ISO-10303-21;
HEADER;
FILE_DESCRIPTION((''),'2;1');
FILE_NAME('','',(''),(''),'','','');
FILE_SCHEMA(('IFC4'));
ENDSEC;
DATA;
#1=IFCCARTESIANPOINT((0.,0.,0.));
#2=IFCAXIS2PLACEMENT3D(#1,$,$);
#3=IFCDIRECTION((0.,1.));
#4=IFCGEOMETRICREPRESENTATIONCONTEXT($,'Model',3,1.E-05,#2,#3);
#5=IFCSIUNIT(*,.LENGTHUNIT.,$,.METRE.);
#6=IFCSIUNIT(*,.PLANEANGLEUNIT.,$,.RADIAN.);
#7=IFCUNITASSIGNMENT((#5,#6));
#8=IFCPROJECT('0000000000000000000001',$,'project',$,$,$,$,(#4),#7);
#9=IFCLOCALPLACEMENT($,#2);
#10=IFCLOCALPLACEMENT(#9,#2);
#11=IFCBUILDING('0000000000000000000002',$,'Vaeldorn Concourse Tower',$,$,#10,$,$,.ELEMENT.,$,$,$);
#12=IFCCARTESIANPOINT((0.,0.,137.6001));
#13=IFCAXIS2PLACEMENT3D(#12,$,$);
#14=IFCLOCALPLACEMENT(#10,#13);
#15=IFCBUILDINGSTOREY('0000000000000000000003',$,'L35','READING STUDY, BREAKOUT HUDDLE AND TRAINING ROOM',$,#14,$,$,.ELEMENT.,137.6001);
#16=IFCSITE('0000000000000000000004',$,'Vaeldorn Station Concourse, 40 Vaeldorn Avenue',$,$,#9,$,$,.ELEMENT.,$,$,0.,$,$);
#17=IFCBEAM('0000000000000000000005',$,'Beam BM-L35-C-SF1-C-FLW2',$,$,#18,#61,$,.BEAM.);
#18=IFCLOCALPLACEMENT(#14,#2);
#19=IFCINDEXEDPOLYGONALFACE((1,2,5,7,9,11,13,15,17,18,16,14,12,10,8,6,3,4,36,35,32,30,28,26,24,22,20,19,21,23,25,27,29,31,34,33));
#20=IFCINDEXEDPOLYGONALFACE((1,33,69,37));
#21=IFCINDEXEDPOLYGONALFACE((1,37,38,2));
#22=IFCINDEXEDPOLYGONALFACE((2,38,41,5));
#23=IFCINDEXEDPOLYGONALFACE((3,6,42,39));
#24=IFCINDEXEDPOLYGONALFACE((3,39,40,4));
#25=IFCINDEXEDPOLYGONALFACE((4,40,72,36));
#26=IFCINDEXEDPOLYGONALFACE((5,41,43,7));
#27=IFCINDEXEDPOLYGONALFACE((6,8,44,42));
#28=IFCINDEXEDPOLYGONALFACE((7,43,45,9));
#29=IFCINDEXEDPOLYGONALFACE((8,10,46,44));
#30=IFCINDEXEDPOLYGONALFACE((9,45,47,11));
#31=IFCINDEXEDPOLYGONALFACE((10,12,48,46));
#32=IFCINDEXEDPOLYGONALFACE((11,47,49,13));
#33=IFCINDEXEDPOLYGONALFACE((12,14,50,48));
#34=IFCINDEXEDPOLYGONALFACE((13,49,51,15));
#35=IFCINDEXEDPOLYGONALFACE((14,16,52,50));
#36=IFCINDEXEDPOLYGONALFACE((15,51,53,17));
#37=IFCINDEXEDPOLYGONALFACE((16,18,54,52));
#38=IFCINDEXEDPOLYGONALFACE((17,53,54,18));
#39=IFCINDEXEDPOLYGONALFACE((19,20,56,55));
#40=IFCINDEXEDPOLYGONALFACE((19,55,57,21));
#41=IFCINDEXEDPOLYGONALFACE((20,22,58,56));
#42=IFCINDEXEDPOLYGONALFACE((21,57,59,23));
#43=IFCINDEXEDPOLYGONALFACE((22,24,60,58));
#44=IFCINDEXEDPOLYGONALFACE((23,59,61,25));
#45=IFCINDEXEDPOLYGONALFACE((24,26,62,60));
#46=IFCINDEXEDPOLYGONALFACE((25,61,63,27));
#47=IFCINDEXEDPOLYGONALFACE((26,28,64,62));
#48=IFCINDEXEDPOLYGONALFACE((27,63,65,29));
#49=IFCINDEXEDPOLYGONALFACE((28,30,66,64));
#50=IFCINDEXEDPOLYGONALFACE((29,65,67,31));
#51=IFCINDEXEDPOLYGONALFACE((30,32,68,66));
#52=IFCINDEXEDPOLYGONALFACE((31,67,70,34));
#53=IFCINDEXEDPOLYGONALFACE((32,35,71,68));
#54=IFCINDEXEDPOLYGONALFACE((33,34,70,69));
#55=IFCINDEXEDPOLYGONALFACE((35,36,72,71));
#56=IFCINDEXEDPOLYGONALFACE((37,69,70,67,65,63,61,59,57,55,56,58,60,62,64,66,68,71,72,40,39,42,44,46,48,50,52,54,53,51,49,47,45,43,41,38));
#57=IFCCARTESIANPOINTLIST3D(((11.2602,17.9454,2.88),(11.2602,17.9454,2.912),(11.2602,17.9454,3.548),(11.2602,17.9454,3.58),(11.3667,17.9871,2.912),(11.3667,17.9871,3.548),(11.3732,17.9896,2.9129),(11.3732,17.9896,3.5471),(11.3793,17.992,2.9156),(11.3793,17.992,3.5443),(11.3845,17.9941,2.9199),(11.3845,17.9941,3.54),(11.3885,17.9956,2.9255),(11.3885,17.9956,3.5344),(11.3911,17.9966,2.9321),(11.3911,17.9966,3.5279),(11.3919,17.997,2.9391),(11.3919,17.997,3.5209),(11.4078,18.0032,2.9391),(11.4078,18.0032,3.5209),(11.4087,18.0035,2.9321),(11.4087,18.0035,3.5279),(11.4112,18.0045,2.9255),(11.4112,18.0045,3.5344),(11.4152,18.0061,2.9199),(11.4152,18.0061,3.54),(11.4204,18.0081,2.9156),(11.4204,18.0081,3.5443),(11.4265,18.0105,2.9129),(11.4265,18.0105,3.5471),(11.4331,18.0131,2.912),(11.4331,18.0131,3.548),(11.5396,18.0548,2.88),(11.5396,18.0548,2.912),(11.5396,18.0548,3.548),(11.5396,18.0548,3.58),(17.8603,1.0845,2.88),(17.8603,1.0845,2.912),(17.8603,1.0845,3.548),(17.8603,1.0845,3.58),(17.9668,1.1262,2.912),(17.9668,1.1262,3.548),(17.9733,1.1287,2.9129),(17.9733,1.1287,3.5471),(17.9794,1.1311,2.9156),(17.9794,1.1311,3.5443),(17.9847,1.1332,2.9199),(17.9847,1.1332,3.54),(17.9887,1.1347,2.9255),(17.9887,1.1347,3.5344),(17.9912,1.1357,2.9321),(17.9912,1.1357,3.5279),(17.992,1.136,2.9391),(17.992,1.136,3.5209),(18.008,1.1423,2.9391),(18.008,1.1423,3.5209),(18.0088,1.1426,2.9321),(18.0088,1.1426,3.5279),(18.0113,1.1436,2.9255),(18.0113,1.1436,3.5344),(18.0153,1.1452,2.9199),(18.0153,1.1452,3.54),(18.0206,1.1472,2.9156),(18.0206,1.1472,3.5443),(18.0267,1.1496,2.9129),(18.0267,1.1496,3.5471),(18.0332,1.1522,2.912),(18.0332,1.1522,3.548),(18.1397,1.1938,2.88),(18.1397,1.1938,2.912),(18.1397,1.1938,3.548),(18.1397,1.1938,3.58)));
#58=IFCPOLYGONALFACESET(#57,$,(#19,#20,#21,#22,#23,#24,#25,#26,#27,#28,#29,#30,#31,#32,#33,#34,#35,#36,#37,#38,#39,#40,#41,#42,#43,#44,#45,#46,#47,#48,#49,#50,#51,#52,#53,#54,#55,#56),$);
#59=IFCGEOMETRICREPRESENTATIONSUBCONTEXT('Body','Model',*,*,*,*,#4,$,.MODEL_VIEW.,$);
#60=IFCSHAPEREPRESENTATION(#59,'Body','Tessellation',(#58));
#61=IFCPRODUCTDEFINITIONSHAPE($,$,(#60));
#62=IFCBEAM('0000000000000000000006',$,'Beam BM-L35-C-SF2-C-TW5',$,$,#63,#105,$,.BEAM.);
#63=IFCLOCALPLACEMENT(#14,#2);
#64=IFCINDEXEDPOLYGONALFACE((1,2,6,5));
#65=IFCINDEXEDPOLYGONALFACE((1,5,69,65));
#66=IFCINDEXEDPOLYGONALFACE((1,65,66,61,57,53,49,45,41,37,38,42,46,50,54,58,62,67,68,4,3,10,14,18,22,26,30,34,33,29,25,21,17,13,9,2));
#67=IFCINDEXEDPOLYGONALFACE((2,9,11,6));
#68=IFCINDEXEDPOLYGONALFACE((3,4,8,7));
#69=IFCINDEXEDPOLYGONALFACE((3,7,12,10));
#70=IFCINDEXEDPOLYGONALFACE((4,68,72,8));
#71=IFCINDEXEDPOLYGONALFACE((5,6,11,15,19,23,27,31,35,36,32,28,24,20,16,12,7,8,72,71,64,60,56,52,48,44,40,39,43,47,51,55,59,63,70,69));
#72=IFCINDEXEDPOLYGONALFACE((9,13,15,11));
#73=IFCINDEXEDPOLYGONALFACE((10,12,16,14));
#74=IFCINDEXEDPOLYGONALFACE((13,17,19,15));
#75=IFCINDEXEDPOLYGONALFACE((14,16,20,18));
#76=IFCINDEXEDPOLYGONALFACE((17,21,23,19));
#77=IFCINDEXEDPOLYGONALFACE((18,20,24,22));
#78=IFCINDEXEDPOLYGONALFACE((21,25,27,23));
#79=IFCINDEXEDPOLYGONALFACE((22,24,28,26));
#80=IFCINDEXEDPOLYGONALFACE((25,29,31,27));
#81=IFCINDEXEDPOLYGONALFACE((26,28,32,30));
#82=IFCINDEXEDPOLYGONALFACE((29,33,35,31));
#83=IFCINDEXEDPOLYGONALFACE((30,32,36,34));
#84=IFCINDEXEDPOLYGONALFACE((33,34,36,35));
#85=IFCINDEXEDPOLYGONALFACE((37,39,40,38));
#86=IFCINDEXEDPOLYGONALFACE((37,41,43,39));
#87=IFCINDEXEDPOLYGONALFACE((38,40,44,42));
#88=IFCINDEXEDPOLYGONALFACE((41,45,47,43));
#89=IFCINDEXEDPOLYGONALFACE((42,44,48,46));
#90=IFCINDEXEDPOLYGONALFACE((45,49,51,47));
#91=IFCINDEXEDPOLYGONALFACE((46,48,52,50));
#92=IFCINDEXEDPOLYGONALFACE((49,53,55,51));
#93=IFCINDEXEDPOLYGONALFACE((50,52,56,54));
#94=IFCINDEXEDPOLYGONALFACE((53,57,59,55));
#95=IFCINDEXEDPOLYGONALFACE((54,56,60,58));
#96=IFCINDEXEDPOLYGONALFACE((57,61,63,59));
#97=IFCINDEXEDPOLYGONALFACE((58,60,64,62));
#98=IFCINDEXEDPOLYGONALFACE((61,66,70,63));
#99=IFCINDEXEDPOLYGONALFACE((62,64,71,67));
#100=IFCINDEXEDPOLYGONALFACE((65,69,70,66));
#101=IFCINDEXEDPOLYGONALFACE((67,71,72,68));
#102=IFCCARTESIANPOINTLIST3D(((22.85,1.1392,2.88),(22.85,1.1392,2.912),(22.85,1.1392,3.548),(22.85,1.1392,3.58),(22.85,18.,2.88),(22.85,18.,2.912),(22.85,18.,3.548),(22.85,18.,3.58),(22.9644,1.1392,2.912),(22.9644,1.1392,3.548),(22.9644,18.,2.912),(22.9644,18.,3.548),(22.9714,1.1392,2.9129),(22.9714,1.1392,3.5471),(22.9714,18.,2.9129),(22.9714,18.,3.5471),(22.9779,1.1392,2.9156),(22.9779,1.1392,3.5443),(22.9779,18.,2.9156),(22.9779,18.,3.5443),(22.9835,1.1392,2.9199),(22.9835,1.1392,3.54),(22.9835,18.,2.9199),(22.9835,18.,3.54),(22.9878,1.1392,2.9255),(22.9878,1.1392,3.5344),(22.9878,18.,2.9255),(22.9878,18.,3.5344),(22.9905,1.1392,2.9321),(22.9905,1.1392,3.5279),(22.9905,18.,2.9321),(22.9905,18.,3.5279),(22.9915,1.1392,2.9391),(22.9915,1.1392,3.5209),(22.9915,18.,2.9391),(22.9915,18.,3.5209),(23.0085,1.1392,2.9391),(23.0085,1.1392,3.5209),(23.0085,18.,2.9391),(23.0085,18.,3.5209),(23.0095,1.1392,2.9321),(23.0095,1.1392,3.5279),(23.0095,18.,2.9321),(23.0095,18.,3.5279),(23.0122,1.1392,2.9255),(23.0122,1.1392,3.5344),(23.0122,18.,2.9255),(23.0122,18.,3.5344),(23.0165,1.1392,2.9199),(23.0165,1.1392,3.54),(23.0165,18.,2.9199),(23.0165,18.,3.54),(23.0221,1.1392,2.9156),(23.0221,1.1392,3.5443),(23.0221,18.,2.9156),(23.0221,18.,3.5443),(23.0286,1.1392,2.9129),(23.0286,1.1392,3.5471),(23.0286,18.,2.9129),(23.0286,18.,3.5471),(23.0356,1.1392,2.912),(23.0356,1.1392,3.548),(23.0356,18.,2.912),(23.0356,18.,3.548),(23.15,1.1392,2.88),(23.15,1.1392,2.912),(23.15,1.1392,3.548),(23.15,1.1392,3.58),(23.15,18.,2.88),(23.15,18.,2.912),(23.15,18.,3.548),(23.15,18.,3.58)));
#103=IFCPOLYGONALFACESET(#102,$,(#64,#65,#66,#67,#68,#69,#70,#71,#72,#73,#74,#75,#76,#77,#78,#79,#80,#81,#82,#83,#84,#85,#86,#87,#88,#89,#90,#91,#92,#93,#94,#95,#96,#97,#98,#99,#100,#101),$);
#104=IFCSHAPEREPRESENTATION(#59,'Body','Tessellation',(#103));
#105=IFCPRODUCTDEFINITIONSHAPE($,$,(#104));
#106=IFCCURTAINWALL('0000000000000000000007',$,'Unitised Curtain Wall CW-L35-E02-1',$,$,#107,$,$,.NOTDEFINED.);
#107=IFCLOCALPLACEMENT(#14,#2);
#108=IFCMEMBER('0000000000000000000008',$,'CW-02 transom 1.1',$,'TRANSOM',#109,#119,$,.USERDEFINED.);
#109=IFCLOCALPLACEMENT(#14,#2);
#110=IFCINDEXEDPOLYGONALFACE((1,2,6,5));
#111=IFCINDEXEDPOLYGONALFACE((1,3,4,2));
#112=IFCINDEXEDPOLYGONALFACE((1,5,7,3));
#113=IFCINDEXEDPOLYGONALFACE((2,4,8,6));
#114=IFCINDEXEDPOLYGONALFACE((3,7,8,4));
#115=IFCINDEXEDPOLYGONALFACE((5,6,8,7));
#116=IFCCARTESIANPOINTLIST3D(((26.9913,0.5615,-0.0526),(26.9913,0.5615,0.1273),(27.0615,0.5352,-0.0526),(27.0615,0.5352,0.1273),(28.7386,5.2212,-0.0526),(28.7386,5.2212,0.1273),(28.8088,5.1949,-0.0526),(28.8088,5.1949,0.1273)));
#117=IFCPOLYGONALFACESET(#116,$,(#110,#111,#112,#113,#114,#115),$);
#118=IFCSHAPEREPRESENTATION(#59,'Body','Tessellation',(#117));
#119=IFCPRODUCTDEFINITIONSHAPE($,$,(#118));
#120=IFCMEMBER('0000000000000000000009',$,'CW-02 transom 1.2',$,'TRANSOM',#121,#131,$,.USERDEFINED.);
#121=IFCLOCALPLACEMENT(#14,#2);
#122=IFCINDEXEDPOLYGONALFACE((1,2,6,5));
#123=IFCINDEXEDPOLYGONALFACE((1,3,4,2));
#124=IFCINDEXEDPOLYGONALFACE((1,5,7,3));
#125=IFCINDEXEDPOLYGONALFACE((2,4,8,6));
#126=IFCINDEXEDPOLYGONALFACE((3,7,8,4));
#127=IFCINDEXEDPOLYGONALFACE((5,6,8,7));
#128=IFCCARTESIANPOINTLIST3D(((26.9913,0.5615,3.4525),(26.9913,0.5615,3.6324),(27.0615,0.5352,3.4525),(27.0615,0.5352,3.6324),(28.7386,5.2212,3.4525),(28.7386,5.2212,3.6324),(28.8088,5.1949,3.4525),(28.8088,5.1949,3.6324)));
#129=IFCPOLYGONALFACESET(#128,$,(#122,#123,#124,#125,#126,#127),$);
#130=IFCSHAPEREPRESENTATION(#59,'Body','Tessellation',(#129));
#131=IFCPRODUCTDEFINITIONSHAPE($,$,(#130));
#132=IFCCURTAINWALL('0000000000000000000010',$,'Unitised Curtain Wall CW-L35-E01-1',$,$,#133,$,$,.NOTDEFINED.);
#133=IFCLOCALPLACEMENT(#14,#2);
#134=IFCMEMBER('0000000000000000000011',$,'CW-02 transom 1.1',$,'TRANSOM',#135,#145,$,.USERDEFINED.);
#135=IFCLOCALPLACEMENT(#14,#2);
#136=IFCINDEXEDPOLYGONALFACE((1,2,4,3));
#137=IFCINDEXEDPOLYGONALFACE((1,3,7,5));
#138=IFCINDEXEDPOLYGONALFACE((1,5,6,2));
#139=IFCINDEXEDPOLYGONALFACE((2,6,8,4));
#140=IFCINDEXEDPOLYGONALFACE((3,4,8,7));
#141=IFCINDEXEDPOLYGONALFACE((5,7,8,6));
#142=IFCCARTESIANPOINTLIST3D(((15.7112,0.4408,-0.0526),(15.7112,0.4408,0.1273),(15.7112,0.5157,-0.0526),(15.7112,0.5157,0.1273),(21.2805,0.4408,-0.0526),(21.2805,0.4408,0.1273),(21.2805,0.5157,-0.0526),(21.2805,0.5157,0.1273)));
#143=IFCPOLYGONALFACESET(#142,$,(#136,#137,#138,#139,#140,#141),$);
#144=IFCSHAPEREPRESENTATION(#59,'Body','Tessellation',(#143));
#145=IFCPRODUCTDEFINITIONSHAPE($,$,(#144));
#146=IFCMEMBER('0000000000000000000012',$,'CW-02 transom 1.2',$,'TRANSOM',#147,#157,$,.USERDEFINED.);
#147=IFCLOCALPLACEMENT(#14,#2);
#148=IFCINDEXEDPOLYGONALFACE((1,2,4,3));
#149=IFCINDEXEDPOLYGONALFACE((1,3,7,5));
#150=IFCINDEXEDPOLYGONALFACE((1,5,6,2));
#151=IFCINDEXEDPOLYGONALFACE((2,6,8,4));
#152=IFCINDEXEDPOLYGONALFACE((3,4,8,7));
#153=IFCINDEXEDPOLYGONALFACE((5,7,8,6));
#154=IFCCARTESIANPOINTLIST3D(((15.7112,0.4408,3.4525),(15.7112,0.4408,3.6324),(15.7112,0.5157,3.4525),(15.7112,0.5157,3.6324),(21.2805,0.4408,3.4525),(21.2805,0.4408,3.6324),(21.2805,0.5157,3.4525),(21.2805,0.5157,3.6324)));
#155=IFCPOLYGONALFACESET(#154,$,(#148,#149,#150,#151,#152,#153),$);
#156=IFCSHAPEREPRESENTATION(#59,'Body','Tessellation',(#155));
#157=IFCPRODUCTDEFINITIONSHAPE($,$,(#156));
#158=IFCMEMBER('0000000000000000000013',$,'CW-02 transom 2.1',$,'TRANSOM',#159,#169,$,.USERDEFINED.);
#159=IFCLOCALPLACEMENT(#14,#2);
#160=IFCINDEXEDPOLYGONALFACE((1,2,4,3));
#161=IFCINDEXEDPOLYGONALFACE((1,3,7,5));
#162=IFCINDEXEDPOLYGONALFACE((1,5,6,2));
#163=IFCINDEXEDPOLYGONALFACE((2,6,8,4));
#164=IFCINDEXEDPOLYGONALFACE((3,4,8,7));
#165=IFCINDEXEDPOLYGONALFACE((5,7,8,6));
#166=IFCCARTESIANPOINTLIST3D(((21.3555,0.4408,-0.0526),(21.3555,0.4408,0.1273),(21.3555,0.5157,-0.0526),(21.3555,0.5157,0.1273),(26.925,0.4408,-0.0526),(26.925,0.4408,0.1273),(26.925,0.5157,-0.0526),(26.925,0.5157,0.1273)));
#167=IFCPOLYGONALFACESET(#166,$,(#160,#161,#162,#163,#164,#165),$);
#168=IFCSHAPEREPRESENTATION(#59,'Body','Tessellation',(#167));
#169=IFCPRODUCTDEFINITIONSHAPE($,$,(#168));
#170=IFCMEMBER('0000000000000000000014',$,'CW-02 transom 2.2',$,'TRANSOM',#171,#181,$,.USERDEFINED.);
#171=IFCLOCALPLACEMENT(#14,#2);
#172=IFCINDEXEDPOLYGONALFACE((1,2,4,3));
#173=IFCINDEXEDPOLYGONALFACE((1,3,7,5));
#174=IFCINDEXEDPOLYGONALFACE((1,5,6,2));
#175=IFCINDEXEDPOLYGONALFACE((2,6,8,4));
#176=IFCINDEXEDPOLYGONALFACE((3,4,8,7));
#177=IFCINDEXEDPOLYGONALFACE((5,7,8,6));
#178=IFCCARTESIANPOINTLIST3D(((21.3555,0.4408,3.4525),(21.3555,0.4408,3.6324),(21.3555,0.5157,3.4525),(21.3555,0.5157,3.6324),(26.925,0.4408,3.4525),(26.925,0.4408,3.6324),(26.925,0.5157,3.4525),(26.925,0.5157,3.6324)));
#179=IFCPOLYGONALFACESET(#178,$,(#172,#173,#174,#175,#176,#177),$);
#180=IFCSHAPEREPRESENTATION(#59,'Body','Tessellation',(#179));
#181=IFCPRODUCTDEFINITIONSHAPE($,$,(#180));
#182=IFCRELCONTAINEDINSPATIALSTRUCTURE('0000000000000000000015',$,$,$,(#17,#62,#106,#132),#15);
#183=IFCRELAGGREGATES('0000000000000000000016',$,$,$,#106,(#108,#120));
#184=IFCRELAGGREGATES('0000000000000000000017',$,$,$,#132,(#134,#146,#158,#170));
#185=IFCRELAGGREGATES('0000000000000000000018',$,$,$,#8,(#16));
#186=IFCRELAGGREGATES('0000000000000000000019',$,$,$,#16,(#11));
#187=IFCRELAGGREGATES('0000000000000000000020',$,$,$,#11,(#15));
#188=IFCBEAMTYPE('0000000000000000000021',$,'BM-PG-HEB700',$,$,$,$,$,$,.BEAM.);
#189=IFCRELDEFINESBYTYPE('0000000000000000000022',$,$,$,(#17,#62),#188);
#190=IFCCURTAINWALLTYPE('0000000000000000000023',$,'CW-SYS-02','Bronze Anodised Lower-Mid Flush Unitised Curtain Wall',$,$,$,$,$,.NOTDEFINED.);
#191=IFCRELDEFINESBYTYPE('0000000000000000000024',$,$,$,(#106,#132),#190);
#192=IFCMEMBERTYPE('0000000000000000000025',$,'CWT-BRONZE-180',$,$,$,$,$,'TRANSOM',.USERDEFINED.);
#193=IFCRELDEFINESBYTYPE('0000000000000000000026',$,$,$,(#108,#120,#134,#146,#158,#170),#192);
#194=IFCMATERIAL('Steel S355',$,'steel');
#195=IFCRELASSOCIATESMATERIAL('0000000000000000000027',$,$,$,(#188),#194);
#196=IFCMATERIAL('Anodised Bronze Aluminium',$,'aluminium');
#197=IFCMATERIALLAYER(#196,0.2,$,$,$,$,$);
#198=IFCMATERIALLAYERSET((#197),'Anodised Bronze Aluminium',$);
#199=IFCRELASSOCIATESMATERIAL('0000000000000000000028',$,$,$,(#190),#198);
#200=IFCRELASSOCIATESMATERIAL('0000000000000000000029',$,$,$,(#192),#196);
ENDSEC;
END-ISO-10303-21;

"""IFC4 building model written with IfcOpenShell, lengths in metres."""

from ifc_helpers import new_model, si_unit, direction, frame, origin, origin_2d, place, context, subcontext, project, spatial, rectangle, i_section, extrude, source, transform, mapped, material, layer, layer_set, material_profile, profile_set, type_object, element, aggregate, save


model = new_model("IFC4")

# Units and contexts
model_context = context("Model", 3, precision=1e-05, world=origin(), true_north=direction((0.0, 1.0)))
body_context = subcontext(model_context, "Body", "Model", "MODEL_VIEW")
ifc_project = project(units=[si_unit("LENGTHUNIT", "METRE"), si_unit("PLANEANGLEUNIT", "RADIAN")], contexts=[model_context])

# Site, building, storey
site_placement = place(None, origin())
site = spatial("IfcSite", under=ifc_project, at=site_placement, Name="Vaeldorn Station Concourse, 40 Vaeldorn Avenue", CompositionType="ELEMENT", RefElevation=0.0)
building_placement = place(site_placement, origin())
building = spatial("IfcBuilding", under=site, at=building_placement, Name="Vaeldorn Concourse Tower", CompositionType="ELEMENT")
storey_placement = place(building_placement, frame((0.0, 0.0, 137.6001)))
storey = spatial("IfcBuildingStorey", under=building, at=storey_placement, Name="L35", Description="READING STUDY, BREAKOUT HUDDLE AND TRAINING ROOM", CompositionType="ELEMENT", Elevation=137.6001)

# Beams
ifc_material_1 = material(Name="Steel S355", Category="steel")
ifc_material_profile_1 = material_profile(ifc_material_1, i_section(OverallWidth=0.3, OverallDepth=0.7, WebThickness=0.0171, FlangeThickness=0.032, FilletRadius=0.0271, at=origin_2d()), Name="HEB 700")
ifc_profile_set_1 = profile_set([ifc_material_profile_1], Name="Steel S355")
beam_type_1 = type_object("IfcBeamType", Name="BM-PG-HEB700", PredefinedType="BEAM", material=ifc_profile_set_1)
shared_shape_1 = source(origin(), body_context, "Body", "SweptSolid", [
    extrude(i_section(OverallWidth=0.3, OverallDepth=0.7, WebThickness=0.0171, FlangeThickness=0.032, FilletRadius=0.0271, at=origin_2d()), origin(), (0.0, 0.0, 1.0), 18.1067),
])
beam_1_placement = place(storey_placement, frame((18.0, 1.1392, 3.23), z_axis=(-0.364513, 0.931198, 0.0), x_axis=(-0.931198, -0.364513, 0.0)))
element("IfcBeam", 1, at=beam_1_placement, inside=storey, type_object=beam_type_1, Name="Beam BM-L35-C-SF1-C-FLW2", PredefinedType="BEAM", context=body_context, shape_type="MappedRepresentation", body=[
    mapped(shared_shape_1, transform((0.0, 0.0, 0.0), scale=1.0)),
])
shared_shape_2 = source(origin(), body_context, "Body", "SweptSolid", [
    extrude(i_section(OverallWidth=0.3, OverallDepth=0.7, WebThickness=0.0171, FlangeThickness=0.032, FilletRadius=0.0271, at=origin_2d()), origin(), (0.0, 0.0, 1.0), 16.8608),
])
beam_2_placement = place(storey_placement, frame((23.0, 1.1392, 3.23), z_axis=(0.0, 1.0, 0.0), x_axis=(-1.0, 0.0, 0.0)))
element("IfcBeam", 2, at=beam_2_placement, inside=storey, type_object=beam_type_1, Name="Beam BM-L35-C-SF2-C-TW5", PredefinedType="BEAM", context=body_context, shape_type="MappedRepresentation", body=[
    mapped(shared_shape_2, transform((0.0, 0.0, 0.0), scale=1.0)),
])

# Curtain walls, members
ifc_material_2 = material(Name="Anodised Bronze Aluminium", Category="aluminium")
ifc_layer_1 = layer(ifc_material_2, 0.2)
ifc_layer_set_1 = layer_set([ifc_layer_1], Name="Anodised Bronze Aluminium")
curtain_wall_type = type_object("IfcCurtainWallType", Name="CW-SYS-02", Description="Bronze Anodised Lower-Mid Flush Unitised Curtain Wall", PredefinedType="NOTDEFINED", material=ifc_layer_set_1)
curtain_wall_1_placement = place(storey_placement, origin())
curtain_wall_1 = element("IfcCurtainWall", 3, at=curtain_wall_1_placement, inside=storey, type_object=curtain_wall_type, Name="Unitised Curtain Wall CW-L35-E02-1", PredefinedType="NOTDEFINED")
ifc_material_profile_2 = material_profile(ifc_material_2, rectangle(XDim=0.075, YDim=0.1799, at=origin_2d()), Name="CWT 75x180")
ifc_profile_set_2 = profile_set([ifc_material_profile_2], Name="Anodised Bronze Aluminium")
member_type_1 = type_object("IfcMemberType", Name="CWT-BRONZE-180", ElementType="TRANSOM", PredefinedType="USERDEFINED", material=ifc_profile_set_2)
shared_shape_3 = source(origin(), body_context, "Body", "SweptSolid", [
    extrude(rectangle(XDim=0.075, YDim=0.1799, at=origin_2d()), origin(), (0.0, 0.0, 1.0), 4.9766),
])
member_1_placement = place(storey_placement, frame((27.0264, 0.5483, 0.0374), z_axis=(0.351113, 0.936333, 0.0), x_axis=(-0.936333, 0.351113, 0.0)))
member_1 = element("IfcMember", 4, at=member_1_placement, type_object=member_type_1, Name="CW-02 transom 1.1", ObjectType="TRANSOM", PredefinedType="USERDEFINED", context=body_context, shape_type="MappedRepresentation", body=[
    mapped(shared_shape_3, transform((0.0, 0.0, 0.0), scale=1.0)),
])
member_2_placement = place(storey_placement, frame((27.0264, 0.5483, 3.5425), z_axis=(0.351113, 0.936333, 0.0), x_axis=(-0.936333, 0.351113, 0.0)))
member_2 = element("IfcMember", 5, at=member_2_placement, type_object=member_type_1, Name="CW-02 transom 1.2", ObjectType="TRANSOM", PredefinedType="USERDEFINED", context=body_context, shape_type="MappedRepresentation", body=[
    mapped(shared_shape_3, transform((0.0, 0.0, 0.0), scale=1.0)),
])
curtain_wall_2_placement = place(storey_placement, origin())
curtain_wall_2 = element("IfcCurtainWall", 6, at=curtain_wall_2_placement, inside=storey, type_object=curtain_wall_type, Name="Unitised Curtain Wall CW-L35-E01-1", PredefinedType="NOTDEFINED")
shared_shape_4 = source(origin(), body_context, "Body", "SweptSolid", [
    extrude(rectangle(XDim=0.075, YDim=0.1799, at=origin_2d()), origin(), (0.0, 0.0, 1.0), 5.5693),
])
member_3_placement = place(storey_placement, frame((15.7112, 0.4783, 0.0374), z_axis=(1.0, 0.0, 0.0), x_axis=(0.0, 1.0, 0.0)))
member_3 = element("IfcMember", 7, at=member_3_placement, type_object=member_type_1, Name="CW-02 transom 1.1", ObjectType="TRANSOM", PredefinedType="USERDEFINED", context=body_context, shape_type="MappedRepresentation", body=[
    mapped(shared_shape_4, transform((0.0, 0.0, 0.0), scale=1.0)),
])
member_4_placement = place(storey_placement, frame((15.7112, 0.4783, 3.5425), z_axis=(1.0, 0.0, 0.0), x_axis=(0.0, 1.0, 0.0)))
member_4 = element("IfcMember", 8, at=member_4_placement, type_object=member_type_1, Name="CW-02 transom 1.2", ObjectType="TRANSOM", PredefinedType="USERDEFINED", context=body_context, shape_type="MappedRepresentation", body=[
    mapped(shared_shape_4, transform((0.0, 0.0, 0.0), scale=1.0)),
])
shared_shape_5 = source(origin(), body_context, "Body", "SweptSolid", [
    extrude(rectangle(XDim=0.075, YDim=0.1799, at=origin_2d()), origin(), (0.0, 0.0, 1.0), 5.5696),
])
member_5_placement = place(storey_placement, frame((21.3555, 0.4783, 0.0374), z_axis=(1.0, 0.0, 0.0), x_axis=(0.0, 1.0, 0.0)))
member_5 = element("IfcMember", 9, at=member_5_placement, type_object=member_type_1, Name="CW-02 transom 2.1", ObjectType="TRANSOM", PredefinedType="USERDEFINED", context=body_context, shape_type="MappedRepresentation", body=[
    mapped(shared_shape_5, transform((0.0, 0.0, 0.0), scale=1.0)),
])
member_6_placement = place(storey_placement, frame((21.3555, 0.4783, 3.5425), z_axis=(1.0, 0.0, 0.0), x_axis=(0.0, 1.0, 0.0)))
member_6 = element("IfcMember", 10, at=member_6_placement, type_object=member_type_1, Name="CW-02 transom 2.2", ObjectType="TRANSOM", PredefinedType="USERDEFINED", context=body_context, shape_type="MappedRepresentation", body=[
    mapped(shared_shape_5, transform((0.0, 0.0, 0.0), scale=1.0)),
])

aggregate(curtain_wall_1, [member_1, member_2])

aggregate(curtain_wall_2, [member_3, member_4, member_5, member_6])

save(model, "model.ifc")
